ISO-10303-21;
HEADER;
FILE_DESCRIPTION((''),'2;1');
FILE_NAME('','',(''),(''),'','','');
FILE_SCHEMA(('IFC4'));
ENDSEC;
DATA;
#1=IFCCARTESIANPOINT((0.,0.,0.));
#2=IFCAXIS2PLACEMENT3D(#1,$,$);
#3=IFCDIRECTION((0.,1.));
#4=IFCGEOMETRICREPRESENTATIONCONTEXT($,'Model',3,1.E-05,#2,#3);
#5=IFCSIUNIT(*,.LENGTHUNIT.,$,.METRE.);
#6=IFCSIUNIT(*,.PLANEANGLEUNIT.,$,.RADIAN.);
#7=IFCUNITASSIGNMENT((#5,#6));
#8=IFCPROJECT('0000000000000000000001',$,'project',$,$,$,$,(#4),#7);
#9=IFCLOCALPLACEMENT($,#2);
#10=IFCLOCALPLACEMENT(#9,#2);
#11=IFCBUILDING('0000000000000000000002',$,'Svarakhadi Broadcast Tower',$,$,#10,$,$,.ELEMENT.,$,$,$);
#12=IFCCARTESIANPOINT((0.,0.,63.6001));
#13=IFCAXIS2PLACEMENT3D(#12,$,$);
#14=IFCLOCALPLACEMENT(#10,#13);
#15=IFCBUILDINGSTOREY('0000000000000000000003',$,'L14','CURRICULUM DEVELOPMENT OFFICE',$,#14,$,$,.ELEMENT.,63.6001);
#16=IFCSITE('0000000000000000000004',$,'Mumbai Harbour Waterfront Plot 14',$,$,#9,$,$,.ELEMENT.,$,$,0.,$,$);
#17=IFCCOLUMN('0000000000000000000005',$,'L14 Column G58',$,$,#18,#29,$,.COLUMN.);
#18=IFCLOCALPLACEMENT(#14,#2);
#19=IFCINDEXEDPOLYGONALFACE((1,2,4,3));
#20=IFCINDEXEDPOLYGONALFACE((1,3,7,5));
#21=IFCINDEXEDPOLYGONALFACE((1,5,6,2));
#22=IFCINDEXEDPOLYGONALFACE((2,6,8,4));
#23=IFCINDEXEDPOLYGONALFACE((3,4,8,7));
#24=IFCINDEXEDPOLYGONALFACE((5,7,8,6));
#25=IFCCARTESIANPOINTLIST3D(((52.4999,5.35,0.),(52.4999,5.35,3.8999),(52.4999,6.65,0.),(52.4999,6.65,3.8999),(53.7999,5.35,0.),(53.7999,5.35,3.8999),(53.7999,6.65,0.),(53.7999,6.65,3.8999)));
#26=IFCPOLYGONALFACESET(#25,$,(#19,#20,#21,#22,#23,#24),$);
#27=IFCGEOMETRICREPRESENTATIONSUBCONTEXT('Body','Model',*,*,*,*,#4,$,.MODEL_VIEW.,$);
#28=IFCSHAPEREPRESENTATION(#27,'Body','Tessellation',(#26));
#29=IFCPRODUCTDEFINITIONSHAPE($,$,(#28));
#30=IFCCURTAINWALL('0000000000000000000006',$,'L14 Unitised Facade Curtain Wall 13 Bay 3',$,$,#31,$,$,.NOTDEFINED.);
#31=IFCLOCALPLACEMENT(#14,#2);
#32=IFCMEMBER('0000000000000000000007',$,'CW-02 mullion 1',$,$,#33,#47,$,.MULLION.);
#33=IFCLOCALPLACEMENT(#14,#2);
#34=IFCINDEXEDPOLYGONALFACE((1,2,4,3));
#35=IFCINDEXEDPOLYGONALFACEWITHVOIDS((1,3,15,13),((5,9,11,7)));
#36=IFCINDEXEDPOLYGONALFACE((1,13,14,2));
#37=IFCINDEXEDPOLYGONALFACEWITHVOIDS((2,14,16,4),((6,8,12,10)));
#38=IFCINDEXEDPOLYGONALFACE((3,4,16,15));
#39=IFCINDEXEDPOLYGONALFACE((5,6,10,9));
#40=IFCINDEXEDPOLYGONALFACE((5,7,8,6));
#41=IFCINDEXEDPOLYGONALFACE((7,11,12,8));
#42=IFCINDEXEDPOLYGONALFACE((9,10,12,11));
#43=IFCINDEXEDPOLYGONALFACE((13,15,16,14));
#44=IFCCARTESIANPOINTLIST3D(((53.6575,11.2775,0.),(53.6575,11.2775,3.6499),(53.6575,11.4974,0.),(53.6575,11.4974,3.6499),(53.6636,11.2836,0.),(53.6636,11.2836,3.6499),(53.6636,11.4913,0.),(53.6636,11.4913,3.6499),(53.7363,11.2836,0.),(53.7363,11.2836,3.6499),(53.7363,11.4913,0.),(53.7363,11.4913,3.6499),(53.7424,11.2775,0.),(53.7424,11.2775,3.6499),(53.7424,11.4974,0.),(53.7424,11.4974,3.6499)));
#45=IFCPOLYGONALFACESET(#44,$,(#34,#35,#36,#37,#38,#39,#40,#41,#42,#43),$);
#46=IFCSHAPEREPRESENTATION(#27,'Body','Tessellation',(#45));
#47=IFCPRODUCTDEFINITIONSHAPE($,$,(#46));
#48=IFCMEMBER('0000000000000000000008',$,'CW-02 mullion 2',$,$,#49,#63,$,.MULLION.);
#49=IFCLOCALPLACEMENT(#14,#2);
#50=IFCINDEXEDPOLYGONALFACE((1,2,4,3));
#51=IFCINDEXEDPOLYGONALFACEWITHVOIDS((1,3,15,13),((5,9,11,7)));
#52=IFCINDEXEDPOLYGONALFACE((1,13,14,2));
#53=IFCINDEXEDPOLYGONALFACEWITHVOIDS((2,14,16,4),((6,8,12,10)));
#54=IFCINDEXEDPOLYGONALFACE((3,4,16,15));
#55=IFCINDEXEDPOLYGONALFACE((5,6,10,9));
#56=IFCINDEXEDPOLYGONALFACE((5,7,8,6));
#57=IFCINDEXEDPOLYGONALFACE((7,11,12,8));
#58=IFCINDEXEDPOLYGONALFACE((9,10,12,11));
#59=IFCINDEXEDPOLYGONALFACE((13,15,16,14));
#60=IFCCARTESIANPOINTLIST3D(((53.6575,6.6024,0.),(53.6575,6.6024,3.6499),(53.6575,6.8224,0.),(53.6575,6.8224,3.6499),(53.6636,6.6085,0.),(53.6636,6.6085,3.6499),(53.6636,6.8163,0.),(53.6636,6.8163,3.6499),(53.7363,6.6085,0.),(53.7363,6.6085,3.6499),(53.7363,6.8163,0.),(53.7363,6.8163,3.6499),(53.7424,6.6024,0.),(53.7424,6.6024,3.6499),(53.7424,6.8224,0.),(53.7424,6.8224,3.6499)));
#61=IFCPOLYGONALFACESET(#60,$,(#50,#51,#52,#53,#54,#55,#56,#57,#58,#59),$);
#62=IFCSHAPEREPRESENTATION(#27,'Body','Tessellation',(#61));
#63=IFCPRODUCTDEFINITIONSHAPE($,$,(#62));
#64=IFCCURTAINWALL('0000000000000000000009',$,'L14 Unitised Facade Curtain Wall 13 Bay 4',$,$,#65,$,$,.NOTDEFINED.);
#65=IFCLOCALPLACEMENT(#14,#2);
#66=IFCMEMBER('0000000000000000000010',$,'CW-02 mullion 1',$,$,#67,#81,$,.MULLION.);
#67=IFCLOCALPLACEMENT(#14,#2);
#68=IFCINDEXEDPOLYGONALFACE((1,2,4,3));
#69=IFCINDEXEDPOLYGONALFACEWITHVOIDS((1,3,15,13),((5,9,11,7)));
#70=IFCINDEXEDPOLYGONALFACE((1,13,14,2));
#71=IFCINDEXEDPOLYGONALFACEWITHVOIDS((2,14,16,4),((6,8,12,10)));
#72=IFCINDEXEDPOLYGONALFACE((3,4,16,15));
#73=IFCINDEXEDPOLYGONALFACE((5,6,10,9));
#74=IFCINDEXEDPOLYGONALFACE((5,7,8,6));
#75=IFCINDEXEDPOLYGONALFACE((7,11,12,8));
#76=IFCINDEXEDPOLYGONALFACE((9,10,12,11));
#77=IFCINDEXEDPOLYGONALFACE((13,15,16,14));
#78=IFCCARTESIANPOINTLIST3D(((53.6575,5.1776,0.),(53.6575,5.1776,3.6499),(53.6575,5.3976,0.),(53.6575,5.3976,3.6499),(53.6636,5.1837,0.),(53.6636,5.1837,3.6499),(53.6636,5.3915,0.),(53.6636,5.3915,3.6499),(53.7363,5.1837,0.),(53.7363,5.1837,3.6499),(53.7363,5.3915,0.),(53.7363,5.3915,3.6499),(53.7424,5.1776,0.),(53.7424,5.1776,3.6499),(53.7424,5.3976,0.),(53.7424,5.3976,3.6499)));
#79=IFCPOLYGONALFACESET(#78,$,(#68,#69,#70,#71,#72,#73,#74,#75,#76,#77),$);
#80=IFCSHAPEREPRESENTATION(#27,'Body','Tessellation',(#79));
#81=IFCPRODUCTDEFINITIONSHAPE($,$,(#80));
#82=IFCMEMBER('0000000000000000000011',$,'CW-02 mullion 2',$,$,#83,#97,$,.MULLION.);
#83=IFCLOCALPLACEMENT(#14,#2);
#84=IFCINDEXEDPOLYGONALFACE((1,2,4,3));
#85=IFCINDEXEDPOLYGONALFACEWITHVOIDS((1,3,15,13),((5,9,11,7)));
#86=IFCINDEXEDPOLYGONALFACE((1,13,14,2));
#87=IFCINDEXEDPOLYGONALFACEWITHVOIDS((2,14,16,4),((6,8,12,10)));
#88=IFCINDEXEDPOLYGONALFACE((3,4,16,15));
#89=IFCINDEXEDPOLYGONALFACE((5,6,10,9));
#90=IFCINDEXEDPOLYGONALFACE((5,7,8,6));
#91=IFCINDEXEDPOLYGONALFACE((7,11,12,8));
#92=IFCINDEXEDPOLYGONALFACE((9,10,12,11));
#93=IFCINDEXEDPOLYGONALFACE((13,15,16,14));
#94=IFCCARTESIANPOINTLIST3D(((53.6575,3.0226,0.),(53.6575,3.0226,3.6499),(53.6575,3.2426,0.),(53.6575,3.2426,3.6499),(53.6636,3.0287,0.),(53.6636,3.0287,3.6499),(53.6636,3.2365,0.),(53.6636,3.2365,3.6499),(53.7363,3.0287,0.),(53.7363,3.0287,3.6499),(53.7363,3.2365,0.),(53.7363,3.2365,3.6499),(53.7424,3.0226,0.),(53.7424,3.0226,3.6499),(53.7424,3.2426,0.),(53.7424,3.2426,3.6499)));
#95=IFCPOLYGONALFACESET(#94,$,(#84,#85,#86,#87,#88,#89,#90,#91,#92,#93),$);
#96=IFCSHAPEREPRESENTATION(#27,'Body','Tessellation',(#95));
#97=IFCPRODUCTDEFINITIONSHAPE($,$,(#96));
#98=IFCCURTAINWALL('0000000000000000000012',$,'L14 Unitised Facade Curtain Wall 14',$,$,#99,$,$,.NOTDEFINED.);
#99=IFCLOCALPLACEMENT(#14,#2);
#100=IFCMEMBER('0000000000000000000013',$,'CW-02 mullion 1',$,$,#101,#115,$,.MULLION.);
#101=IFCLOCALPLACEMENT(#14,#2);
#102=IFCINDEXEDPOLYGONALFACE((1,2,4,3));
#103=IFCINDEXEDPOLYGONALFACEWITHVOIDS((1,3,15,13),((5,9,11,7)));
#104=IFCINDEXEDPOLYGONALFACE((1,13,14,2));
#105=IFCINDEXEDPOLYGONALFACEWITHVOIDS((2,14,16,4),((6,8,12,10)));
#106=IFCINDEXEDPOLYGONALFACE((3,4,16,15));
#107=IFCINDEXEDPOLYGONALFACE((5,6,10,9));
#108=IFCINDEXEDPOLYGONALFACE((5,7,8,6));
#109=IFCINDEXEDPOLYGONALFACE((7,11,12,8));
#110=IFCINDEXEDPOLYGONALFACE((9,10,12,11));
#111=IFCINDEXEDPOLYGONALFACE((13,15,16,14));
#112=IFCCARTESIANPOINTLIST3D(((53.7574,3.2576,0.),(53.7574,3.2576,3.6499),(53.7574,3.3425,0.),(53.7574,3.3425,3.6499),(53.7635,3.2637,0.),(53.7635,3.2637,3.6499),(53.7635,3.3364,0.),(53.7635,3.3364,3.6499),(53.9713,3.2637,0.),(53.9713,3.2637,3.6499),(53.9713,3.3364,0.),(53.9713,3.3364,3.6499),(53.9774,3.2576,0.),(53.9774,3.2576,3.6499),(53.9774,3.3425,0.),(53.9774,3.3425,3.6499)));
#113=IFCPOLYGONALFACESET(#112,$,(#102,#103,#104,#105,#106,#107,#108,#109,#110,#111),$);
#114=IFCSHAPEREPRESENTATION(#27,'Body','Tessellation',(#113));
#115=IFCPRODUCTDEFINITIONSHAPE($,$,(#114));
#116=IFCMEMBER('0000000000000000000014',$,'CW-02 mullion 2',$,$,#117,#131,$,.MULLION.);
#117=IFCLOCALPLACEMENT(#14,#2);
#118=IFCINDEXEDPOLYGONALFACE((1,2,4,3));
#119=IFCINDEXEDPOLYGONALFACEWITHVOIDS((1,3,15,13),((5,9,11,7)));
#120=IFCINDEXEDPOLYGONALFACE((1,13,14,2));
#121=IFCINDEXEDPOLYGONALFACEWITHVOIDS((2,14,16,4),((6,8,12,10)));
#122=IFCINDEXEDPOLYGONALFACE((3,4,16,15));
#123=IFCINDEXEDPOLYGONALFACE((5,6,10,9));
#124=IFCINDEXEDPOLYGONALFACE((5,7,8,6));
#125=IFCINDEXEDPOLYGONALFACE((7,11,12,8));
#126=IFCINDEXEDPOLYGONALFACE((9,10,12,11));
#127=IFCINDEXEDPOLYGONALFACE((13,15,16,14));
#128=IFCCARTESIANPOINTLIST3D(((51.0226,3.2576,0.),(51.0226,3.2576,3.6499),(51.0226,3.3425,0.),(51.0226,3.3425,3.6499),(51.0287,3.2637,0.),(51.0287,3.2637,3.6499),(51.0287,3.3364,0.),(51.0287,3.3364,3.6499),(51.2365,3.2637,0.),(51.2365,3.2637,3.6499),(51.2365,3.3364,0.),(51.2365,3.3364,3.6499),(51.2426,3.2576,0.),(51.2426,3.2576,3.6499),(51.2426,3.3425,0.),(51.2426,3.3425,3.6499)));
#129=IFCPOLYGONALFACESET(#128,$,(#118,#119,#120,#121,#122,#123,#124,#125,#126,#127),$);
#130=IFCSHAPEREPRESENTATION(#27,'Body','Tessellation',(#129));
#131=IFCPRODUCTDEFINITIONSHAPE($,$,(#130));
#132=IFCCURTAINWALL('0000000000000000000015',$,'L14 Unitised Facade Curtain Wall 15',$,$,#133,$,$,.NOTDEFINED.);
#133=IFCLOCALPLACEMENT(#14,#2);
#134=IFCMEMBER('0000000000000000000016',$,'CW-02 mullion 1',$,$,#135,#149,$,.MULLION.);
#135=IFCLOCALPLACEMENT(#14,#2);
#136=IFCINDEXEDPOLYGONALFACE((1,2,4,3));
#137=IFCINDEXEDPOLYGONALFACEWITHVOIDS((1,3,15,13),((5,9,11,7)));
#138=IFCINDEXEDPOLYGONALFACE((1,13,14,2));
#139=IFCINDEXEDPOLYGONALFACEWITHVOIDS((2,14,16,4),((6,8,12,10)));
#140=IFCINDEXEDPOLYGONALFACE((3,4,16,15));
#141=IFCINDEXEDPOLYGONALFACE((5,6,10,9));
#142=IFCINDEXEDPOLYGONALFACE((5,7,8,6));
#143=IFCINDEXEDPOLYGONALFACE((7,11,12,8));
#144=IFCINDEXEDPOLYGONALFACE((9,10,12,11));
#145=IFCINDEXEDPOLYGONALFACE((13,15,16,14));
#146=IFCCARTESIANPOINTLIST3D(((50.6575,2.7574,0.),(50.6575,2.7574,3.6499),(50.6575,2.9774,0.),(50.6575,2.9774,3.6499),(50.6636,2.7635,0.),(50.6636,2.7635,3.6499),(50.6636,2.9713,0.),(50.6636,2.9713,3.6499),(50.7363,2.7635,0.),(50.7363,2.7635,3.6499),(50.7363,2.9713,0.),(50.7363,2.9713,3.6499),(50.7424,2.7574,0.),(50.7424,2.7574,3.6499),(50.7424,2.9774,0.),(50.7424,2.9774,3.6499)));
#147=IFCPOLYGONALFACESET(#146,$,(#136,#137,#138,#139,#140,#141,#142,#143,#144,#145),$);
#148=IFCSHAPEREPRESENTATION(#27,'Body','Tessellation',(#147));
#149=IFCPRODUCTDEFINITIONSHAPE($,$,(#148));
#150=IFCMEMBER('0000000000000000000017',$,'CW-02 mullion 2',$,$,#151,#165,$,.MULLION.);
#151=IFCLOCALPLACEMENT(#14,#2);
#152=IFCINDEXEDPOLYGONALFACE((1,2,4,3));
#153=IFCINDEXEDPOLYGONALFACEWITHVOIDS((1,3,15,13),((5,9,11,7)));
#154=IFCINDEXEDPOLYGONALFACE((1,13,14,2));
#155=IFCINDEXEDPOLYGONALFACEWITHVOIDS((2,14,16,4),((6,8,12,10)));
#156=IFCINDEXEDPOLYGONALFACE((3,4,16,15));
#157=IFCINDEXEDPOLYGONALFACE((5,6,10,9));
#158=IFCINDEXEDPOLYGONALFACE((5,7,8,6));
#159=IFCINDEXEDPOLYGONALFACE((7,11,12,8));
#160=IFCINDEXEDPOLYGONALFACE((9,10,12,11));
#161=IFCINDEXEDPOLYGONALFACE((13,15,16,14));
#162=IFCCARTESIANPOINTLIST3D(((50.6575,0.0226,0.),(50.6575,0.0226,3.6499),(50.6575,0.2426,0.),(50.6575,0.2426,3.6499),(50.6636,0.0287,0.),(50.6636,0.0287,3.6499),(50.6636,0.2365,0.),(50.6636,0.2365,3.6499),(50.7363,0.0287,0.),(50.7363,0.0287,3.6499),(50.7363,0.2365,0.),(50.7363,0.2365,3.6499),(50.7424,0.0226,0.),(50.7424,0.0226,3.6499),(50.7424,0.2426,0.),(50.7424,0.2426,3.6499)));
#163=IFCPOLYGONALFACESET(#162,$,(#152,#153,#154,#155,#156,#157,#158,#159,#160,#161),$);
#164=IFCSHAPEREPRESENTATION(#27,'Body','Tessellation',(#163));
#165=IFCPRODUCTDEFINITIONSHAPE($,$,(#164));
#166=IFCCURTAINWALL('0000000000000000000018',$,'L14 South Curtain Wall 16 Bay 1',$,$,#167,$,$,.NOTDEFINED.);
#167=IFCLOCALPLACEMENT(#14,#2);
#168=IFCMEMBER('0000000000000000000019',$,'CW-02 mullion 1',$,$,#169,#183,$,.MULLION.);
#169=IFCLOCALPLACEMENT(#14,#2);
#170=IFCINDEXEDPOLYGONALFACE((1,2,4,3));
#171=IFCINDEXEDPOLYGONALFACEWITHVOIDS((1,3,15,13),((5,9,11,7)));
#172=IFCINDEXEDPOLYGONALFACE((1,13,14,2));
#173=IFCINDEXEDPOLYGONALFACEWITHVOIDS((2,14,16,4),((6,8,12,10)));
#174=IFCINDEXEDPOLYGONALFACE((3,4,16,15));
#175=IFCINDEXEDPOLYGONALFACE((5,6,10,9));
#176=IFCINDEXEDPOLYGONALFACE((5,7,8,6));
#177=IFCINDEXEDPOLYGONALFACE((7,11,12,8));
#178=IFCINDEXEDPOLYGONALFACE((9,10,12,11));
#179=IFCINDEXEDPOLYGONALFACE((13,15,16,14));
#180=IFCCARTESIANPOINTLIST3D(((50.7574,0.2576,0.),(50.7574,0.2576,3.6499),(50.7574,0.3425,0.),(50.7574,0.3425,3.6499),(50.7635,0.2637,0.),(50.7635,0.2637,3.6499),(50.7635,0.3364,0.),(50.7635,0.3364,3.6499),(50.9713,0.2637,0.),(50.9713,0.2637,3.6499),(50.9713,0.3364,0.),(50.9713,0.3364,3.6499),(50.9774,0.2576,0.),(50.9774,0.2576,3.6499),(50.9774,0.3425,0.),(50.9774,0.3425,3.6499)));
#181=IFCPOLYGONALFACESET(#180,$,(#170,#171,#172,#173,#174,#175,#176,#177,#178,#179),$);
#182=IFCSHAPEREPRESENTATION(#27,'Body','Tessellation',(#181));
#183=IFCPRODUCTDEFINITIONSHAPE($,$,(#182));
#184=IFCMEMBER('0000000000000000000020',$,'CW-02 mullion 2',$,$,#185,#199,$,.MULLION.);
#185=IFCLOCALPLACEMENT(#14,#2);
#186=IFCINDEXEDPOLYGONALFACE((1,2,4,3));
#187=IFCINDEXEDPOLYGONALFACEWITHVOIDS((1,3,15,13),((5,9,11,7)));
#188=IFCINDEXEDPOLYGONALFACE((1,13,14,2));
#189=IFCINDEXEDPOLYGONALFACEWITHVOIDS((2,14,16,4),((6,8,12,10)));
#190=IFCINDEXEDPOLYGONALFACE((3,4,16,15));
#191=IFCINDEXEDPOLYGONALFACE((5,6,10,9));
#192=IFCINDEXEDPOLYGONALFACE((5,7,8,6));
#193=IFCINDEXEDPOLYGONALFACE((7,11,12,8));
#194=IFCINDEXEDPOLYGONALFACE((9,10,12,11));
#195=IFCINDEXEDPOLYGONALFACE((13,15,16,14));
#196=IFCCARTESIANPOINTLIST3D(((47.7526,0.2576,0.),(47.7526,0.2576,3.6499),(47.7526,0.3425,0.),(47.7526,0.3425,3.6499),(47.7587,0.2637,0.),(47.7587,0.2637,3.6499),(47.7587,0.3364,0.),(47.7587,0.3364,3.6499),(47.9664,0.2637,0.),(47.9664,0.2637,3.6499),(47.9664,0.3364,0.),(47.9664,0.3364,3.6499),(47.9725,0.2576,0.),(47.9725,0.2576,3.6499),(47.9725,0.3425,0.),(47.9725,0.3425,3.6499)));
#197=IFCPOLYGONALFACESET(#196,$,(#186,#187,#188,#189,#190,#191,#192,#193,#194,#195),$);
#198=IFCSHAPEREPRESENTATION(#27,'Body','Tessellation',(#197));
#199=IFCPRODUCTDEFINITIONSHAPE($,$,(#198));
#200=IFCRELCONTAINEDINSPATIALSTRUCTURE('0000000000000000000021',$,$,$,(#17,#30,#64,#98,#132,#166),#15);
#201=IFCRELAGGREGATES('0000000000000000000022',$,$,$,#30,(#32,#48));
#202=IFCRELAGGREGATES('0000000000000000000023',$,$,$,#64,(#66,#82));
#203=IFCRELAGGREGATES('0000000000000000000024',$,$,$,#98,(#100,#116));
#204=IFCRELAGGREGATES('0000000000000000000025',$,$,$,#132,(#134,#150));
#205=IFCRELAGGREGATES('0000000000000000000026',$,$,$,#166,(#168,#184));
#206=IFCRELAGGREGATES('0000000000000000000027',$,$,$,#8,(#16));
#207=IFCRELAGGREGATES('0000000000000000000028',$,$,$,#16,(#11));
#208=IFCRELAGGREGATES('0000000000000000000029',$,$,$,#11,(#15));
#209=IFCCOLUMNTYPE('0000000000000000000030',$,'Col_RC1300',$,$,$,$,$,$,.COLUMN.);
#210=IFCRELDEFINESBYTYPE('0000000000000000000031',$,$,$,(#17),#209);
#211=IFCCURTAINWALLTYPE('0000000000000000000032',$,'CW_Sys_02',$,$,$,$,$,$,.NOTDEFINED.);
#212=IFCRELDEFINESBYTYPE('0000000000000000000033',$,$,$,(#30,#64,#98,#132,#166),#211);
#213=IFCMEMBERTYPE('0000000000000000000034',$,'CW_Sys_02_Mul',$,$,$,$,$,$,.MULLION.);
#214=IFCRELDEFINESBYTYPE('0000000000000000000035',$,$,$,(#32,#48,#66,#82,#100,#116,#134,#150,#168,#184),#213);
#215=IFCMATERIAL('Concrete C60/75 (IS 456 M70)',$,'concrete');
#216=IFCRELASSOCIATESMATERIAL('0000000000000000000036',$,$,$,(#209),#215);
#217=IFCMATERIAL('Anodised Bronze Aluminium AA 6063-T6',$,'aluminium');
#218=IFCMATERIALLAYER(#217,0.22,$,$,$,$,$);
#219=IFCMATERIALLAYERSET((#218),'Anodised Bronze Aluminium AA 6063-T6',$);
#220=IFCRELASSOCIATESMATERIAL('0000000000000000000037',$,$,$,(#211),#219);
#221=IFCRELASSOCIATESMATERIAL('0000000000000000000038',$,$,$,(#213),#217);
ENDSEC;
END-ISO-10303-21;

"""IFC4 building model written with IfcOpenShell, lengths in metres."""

from ifc_helpers import new_model, si_unit, direction, frame, origin, origin_2d, place, context, subcontext, project, spatial, rectangle, hollow_rectangle, extrude, material, layer, layer_set, material_profile, profile_set, type_object, element, aggregate, save


model = new_model("IFC4")

# Units and contexts
model_context = context("Model", 3, precision=1e-05, world=origin(), true_north=direction((0.0, 1.0)))
body_context = subcontext(model_context, "Body", "Model", "MODEL_VIEW")
ifc_project = project(units=[si_unit("LENGTHUNIT", "METRE"), si_unit("PLANEANGLEUNIT", "RADIAN")], contexts=[model_context])

# Site, building, storey
site_placement = place(None, origin())
site = spatial("IfcSite", under=ifc_project, at=site_placement, Name="Mumbai Harbour Waterfront Plot 14", CompositionType="ELEMENT", RefElevation=0.0)
building_placement = place(site_placement, origin())
building = spatial("IfcBuilding", under=site, at=building_placement, Name="Svarakhadi Broadcast Tower", CompositionType="ELEMENT")
storey_placement = place(building_placement, frame((0.0, 0.0, 63.6001)))
storey = spatial("IfcBuildingStorey", under=building, at=storey_placement, Name="L14", Description="CURRICULUM DEVELOPMENT OFFICE", CompositionType="ELEMENT", Elevation=63.6001)

# Column
ifc_material_1 = material(Name="Concrete C60/75 (IS 456 M70)", Category="concrete")
ifc_material_profile_1 = material_profile(ifc_material_1, rectangle(XDim=1.3, YDim=1.3, at=origin_2d()), Name="RC 1300x1300")
ifc_profile_set_1 = profile_set([ifc_material_profile_1], Name="Concrete C60/75 (IS 456 M70)")
column_type = type_object("IfcColumnType", Name="Col_RC1300", PredefinedType="COLUMN", material=ifc_profile_set_1)
column_placement = place(storey_placement, frame((53.1499, 6.0, 0.0), z_axis=(0.0, 0.0, 1.0), x_axis=(1.0, 0.0, 0.0)))
element("IfcColumn", 1, at=column_placement, inside=storey, type_object=column_type, Name="L14 Column G58", PredefinedType="COLUMN", context=body_context, shape_type="SweptSolid", body=[
    extrude(rectangle(XDim=1.3, YDim=1.3, at=origin_2d()), origin(), (0.0, 0.0, 1.0), 3.8999),
])

# Curtain walls, members
ifc_material_2 = material(Name="Anodised Bronze Aluminium AA 6063-T6", Category="aluminium")
ifc_layer_1 = layer(ifc_material_2, 0.22)
ifc_layer_set_1 = layer_set([ifc_layer_1], Name="Anodised Bronze Aluminium AA 6063-T6")
curtain_wall_type = type_object("IfcCurtainWallType", Name="CW_Sys_02", PredefinedType="NOTDEFINED", material=ifc_layer_set_1)
curtain_wall_1_placement = place(storey_placement, origin())
curtain_wall_1 = element("IfcCurtainWall", 2, at=curtain_wall_1_placement, inside=storey, type_object=curtain_wall_type, Name="L14 Unitised Facade Curtain Wall 13 Bay 3", PredefinedType="NOTDEFINED")
ifc_material_profile_2 = material_profile(ifc_material_2, hollow_rectangle(XDim=0.085, YDim=0.22, WallThickness=0.0061, at=origin_2d()), Name="ALU MULLION 220x85x6")
ifc_profile_set_2 = profile_set([ifc_material_profile_2], Name="Anodised Bronze Aluminium AA 6063-T6")
member_type_1 = type_object("IfcMemberType", Name="CW_Sys_02_Mul", PredefinedType="MULLION", material=ifc_profile_set_2)
member_1_placement = place(storey_placement, frame((53.7, 11.3875, 0.0), z_axis=(0.0, 0.0, 1.0), x_axis=(1.0, 0.0, 0.0)))
member_1 = element("IfcMember", 3, at=member_1_placement, type_object=member_type_1, Name="CW-02 mullion 1", PredefinedType="MULLION", context=body_context, shape_type="SweptSolid", body=[
    extrude(hollow_rectangle(XDim=0.085, YDim=0.22, WallThickness=0.0061, at=origin_2d()), origin(), (0.0, 0.0, 1.0), 3.6499),
])
member_2_placement = place(storey_placement, frame((53.7, 6.7124, 0.0), z_axis=(0.0, 0.0, 1.0), x_axis=(1.0, 0.0, 0.0)))
member_2 = element("IfcMember", 4, at=member_2_placement, type_object=member_type_1, Name="CW-02 mullion 2", PredefinedType="MULLION", context=body_context, shape_type="SweptSolid", body=[
    extrude(hollow_rectangle(XDim=0.085, YDim=0.22, WallThickness=0.0061, at=origin_2d()), origin(), (0.0, 0.0, 1.0), 3.6499),
])
curtain_wall_2_placement = place(storey_placement, origin())
curtain_wall_2 = element("IfcCurtainWall", 5, at=curtain_wall_2_placement, inside=storey, type_object=curtain_wall_type, Name="L14 Unitised Facade Curtain Wall 13 Bay 4", PredefinedType="NOTDEFINED")
member_3_placement = place(storey_placement, frame((53.7, 5.2876, 0.0), z_axis=(0.0, 0.0, 1.0), x_axis=(1.0, 0.0, 0.0)))
member_3 = element("IfcMember", 6, at=member_3_placement, type_object=member_type_1, Name="CW-02 mullion 1", PredefinedType="MULLION", context=body_context, shape_type="SweptSolid", body=[
    extrude(hollow_rectangle(XDim=0.085, YDim=0.22, WallThickness=0.0061, at=origin_2d()), origin(), (0.0, 0.0, 1.0), 3.6499),
])
member_4_placement = place(storey_placement, frame((53.7, 3.1326, 0.0), z_axis=(0.0, 0.0, 1.0), x_axis=(1.0, 0.0, 0.0)))
member_4 = element("IfcMember", 7, at=member_4_placement, type_object=member_type_1, Name="CW-02 mullion 2", PredefinedType="MULLION", context=body_context, shape_type="SweptSolid", body=[
    extrude(hollow_rectangle(XDim=0.085, YDim=0.22, WallThickness=0.0061, at=origin_2d()), origin(), (0.0, 0.0, 1.0), 3.6499),
])
curtain_wall_3_placement = place(storey_placement, origin())
curtain_wall_3 = element("IfcCurtainWall", 8, at=curtain_wall_3_placement, inside=storey, type_object=curtain_wall_type, Name="L14 Unitised Facade Curtain Wall 14", PredefinedType="NOTDEFINED")
member_5_placement = place(storey_placement, frame((53.8674, 3.3, 0.0), z_axis=(0.0, 0.0, 1.0), x_axis=(0.0, -1.0, 0.0)))
member_5 = element("IfcMember", 9, at=member_5_placement, type_object=member_type_1, Name="CW-02 mullion 1", PredefinedType="MULLION", context=body_context, shape_type="SweptSolid", body=[
    extrude(hollow_rectangle(XDim=0.085, YDim=0.22, WallThickness=0.0061, at=origin_2d()), origin(), (0.0, 0.0, 1.0), 3.6499),
])
member_6_placement = place(storey_placement, frame((51.1326, 3.3, 0.0), z_axis=(0.0, 0.0, 1.0), x_axis=(0.0, -1.0, 0.0)))
member_6 = element("IfcMember", 10, at=member_6_placement, type_object=member_type_1, Name="CW-02 mullion 2", PredefinedType="MULLION", context=body_context, shape_type="SweptSolid", body=[
    extrude(hollow_rectangle(XDim=0.085, YDim=0.22, WallThickness=0.0061, at=origin_2d()), origin(), (0.0, 0.0, 1.0), 3.6499),
])
curtain_wall_4_placement = place(storey_placement, origin())
curtain_wall_4 = element("IfcCurtainWall", 11, at=curtain_wall_4_placement, inside=storey, type_object=curtain_wall_type, Name="L14 Unitised Facade Curtain Wall 15", PredefinedType="NOTDEFINED")
member_7_placement = place(storey_placement, frame((50.7, 2.8674, 0.0), z_axis=(0.0, 0.0, 1.0), x_axis=(1.0, 0.0, 0.0)))
member_7 = element("IfcMember", 12, at=member_7_placement, type_object=member_type_1, Name="CW-02 mullion 1", PredefinedType="MULLION", context=body_context, shape_type="SweptSolid", body=[
    extrude(hollow_rectangle(XDim=0.085, YDim=0.22, WallThickness=0.0061, at=origin_2d()), origin(), (0.0, 0.0, 1.0), 3.6499),
])
member_8_placement = place(storey_placement, frame((50.7, 0.1326, 0.0), z_axis=(0.0, 0.0, 1.0), x_axis=(1.0, 0.0, 0.0)))
member_8 = element("IfcMember", 13, at=member_8_placement, type_object=member_type_1, Name="CW-02 mullion 2", PredefinedType="MULLION", context=body_context, shape_type="SweptSolid", body=[
    extrude(hollow_rectangle(XDim=0.085, YDim=0.22, WallThickness=0.0061, at=origin_2d()), origin(), (0.0, 0.0, 1.0), 3.6499),
])
curtain_wall_5_placement = place(storey_placement, origin())
curtain_wall_5 = element("IfcCurtainWall", 14, at=curtain_wall_5_placement, inside=storey, type_object=curtain_wall_type, Name="L14 South Curtain Wall 16 Bay 1", PredefinedType="NOTDEFINED")
member_9_placement = place(storey_placement, frame((50.8674, 0.3, 0.0), z_axis=(0.0, 0.0, 1.0), x_axis=(0.0, -1.0, 0.0)))
member_9 = element("IfcMember", 15, at=member_9_placement, type_object=member_type_1, Name="CW-02 mullion 1", PredefinedType="MULLION", context=body_context, shape_type="SweptSolid", body=[
    extrude(hollow_rectangle(XDim=0.085, YDim=0.22, WallThickness=0.0061, at=origin_2d()), origin(), (0.0, 0.0, 1.0), 3.6499),
])
member_10_placement = place(storey_placement, frame((47.8625, 0.3, 0.0), z_axis=(0.0, 0.0, 1.0), x_axis=(0.0, -1.0, 0.0)))
member_10 = element("IfcMember", 16, at=member_10_placement, type_object=member_type_1, Name="CW-02 mullion 2", PredefinedType="MULLION", context=body_context, shape_type="SweptSolid", body=[
    extrude(hollow_rectangle(XDim=0.085, YDim=0.22, WallThickness=0.0061, at=origin_2d()), origin(), (0.0, 0.0, 1.0), 3.6499),
])

aggregate(curtain_wall_1, [member_1, member_2])
aggregate(curtain_wall_2, [member_3, member_4])
aggregate(curtain_wall_3, [member_5, member_6])
aggregate(curtain_wall_4, [member_7, member_8])
aggregate(curtain_wall_5, [member_9, member_10])

save(model, "model.ifc")
